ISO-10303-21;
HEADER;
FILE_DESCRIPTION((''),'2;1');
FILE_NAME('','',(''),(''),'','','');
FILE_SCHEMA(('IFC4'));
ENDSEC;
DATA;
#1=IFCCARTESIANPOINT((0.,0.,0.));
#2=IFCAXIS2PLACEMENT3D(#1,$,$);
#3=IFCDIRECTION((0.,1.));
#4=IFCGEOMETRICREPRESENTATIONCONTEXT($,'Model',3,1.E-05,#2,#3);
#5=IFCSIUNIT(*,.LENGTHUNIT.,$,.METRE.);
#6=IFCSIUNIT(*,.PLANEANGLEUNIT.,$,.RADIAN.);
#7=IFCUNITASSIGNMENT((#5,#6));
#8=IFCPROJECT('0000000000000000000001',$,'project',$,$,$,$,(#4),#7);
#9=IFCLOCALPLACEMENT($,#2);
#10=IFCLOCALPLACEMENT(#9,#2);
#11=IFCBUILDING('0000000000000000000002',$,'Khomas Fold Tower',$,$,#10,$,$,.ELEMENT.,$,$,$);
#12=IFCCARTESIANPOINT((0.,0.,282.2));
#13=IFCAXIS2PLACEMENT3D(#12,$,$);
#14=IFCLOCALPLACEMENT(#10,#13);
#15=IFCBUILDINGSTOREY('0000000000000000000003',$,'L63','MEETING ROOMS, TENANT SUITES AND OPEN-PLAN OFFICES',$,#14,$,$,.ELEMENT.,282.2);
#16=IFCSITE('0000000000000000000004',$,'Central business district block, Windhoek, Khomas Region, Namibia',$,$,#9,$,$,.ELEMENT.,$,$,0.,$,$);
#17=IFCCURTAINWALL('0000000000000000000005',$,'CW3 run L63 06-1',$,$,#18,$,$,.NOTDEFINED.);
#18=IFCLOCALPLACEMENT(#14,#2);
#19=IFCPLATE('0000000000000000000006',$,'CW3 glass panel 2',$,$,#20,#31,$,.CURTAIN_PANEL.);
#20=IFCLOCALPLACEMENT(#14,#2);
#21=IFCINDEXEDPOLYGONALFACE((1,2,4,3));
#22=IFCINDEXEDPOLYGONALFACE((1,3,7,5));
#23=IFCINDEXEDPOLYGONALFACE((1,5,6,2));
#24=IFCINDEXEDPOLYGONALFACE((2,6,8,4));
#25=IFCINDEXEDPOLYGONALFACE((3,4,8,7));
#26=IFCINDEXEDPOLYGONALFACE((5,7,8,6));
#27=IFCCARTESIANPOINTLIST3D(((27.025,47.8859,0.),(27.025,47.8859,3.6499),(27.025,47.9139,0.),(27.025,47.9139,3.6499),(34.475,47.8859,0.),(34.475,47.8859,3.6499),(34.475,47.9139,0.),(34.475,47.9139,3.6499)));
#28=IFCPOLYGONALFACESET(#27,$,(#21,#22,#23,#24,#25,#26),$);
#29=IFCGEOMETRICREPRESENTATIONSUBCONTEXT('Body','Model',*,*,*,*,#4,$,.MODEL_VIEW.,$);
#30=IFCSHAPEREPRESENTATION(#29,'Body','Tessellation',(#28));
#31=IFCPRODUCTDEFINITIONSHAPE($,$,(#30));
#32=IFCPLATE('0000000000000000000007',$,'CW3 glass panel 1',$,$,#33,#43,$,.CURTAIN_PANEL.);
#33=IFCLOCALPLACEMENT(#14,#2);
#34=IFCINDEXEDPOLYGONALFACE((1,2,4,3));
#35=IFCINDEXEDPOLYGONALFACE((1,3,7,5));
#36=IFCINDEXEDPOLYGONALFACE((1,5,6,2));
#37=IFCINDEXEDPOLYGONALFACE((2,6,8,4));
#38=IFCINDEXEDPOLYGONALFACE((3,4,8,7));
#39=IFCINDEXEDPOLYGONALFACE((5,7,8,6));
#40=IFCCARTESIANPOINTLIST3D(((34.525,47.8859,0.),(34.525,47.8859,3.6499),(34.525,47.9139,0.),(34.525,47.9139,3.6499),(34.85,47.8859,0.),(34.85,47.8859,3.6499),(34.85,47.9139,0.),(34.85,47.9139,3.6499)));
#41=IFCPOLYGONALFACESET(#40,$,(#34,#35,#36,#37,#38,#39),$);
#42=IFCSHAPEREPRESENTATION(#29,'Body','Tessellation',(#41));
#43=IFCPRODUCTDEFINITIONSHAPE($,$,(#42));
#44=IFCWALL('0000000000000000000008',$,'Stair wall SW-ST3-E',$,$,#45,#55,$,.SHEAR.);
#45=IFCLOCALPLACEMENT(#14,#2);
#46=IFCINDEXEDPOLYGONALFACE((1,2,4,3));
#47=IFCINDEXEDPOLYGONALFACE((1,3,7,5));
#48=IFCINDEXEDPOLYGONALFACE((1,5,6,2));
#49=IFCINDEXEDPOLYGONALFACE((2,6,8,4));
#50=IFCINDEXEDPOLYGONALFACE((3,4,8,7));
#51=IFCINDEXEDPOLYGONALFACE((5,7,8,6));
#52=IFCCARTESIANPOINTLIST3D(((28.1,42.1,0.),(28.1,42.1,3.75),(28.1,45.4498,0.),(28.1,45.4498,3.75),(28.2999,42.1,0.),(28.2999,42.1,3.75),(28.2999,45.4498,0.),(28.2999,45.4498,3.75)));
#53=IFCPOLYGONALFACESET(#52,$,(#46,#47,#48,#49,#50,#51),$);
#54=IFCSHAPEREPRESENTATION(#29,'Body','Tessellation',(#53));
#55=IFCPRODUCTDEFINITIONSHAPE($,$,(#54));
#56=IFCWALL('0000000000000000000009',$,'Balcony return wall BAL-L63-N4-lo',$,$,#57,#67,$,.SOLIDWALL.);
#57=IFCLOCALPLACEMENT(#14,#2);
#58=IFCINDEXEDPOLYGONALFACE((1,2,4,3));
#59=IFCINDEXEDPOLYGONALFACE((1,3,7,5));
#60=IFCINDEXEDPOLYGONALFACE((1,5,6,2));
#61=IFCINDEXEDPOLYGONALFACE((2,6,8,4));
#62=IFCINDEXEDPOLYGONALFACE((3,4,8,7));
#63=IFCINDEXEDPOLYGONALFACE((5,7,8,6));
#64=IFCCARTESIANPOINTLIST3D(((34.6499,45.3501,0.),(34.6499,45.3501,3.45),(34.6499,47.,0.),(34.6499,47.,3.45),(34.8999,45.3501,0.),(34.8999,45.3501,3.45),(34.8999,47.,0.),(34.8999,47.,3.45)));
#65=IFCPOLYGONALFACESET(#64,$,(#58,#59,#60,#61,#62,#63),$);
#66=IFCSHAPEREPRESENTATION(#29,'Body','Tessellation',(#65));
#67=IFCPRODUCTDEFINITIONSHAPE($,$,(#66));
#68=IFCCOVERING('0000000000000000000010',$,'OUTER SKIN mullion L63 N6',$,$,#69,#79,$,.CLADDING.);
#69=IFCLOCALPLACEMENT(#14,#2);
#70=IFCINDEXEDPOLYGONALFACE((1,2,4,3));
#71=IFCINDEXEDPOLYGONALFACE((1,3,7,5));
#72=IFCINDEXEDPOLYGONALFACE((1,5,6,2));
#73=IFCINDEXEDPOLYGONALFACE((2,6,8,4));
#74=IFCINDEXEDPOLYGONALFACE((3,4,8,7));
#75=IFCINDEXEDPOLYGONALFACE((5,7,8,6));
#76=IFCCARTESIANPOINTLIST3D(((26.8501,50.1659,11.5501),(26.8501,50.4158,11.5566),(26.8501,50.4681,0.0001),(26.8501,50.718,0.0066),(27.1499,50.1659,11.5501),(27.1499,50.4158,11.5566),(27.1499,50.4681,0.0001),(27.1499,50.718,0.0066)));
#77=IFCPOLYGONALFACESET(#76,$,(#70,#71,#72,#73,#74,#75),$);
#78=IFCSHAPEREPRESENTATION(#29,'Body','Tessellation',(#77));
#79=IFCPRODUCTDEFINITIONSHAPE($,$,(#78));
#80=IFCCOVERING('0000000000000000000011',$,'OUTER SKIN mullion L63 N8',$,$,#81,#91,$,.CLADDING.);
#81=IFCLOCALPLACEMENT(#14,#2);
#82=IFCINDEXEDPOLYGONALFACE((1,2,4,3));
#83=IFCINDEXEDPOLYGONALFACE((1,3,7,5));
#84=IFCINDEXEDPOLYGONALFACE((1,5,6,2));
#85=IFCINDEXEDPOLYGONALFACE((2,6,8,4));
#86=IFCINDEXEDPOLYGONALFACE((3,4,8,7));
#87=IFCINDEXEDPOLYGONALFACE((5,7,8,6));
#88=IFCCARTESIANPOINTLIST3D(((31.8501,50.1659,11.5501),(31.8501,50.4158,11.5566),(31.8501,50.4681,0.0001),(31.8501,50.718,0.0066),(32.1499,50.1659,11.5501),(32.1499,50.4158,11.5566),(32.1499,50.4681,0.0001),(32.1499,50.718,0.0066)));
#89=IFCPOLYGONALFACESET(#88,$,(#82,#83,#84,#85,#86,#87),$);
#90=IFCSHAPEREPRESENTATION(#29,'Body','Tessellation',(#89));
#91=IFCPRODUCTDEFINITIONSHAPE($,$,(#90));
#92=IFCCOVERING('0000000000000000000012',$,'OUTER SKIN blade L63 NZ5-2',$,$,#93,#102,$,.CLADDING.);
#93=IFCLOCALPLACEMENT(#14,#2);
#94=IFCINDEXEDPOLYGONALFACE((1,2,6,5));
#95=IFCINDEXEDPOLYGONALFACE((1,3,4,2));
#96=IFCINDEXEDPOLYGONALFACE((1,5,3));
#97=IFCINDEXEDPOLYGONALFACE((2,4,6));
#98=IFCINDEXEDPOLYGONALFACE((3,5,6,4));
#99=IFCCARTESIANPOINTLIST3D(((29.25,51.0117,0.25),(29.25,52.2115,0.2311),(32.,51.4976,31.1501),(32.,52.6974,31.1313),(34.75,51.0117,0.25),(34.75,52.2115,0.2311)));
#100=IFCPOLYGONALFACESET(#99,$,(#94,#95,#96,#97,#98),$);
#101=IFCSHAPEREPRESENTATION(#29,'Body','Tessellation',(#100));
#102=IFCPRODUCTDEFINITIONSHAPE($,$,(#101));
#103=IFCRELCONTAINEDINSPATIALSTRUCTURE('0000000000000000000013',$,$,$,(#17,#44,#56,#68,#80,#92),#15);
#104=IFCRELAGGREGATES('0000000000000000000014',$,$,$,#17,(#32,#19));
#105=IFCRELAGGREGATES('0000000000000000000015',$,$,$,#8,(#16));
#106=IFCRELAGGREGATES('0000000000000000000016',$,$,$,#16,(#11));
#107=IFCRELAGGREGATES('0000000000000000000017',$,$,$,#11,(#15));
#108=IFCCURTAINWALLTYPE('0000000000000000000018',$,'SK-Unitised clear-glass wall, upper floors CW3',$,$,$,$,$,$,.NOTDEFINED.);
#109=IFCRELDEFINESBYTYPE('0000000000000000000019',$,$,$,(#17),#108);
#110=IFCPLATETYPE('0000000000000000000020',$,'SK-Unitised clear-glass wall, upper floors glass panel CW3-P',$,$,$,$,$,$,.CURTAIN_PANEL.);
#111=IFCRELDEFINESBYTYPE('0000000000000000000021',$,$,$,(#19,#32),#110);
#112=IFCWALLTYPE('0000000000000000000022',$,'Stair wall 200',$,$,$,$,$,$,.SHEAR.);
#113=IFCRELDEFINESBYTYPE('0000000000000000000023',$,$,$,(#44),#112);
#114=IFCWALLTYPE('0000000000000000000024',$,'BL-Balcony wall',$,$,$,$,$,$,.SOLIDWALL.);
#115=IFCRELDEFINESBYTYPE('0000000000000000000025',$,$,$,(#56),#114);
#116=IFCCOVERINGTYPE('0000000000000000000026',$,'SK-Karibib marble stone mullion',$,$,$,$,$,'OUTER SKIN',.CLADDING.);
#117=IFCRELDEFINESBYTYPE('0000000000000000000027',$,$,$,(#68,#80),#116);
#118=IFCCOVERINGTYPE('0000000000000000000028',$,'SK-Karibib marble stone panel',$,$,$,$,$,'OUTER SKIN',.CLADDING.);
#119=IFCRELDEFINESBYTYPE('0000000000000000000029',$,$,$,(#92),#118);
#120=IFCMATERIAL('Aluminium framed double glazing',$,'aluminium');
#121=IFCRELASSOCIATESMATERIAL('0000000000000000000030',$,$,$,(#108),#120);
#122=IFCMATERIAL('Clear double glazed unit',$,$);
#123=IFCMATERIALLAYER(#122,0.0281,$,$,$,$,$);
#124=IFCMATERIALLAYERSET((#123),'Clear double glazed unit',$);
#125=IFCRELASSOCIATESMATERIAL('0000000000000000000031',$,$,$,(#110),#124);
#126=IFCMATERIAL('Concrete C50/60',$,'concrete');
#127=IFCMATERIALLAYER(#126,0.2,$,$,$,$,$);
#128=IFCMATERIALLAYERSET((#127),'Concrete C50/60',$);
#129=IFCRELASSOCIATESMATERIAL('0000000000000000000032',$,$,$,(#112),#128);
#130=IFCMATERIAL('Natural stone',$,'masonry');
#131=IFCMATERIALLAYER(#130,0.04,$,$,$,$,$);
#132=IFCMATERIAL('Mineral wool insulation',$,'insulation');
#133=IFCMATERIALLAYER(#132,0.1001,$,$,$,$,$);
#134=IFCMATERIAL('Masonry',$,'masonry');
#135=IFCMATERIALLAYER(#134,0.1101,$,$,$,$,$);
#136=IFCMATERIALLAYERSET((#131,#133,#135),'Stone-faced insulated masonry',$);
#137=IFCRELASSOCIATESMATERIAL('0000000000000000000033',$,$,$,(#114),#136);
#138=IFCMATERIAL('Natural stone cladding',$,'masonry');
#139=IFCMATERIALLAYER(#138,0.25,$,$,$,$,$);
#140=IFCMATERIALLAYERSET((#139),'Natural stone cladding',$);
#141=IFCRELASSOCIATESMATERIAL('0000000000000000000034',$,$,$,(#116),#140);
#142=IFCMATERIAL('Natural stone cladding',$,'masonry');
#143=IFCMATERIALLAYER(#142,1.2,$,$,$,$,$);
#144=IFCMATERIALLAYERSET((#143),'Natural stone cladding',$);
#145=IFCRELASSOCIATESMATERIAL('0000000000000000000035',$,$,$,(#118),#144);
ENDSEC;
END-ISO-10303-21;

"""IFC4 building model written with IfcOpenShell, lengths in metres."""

from ifc_helpers import new_model, si_unit, direction, frame, frame_2d, origin, origin_2d, place, context, subcontext, project, spatial, polyline, rectangle, outline, extrude, source, transform, mapped, material, layer, layer_set, type_object, element, aggregate, save


model = new_model("IFC4")

# Units and contexts
model_context = context("Model", 3, precision=1e-05, world=origin(), true_north=direction((0.0, 1.0)))
body_context = subcontext(model_context, "Body", "Model", "MODEL_VIEW")
ifc_project = project(units=[si_unit("LENGTHUNIT", "METRE"), si_unit("PLANEANGLEUNIT", "RADIAN")], contexts=[model_context])

# Site, building, storey
site_placement = place(None, origin())
site = spatial("IfcSite", under=ifc_project, at=site_placement, Name="Central business district block, Windhoek, Khomas Region, Namibia", CompositionType="ELEMENT", RefElevation=0.0)
building_placement = place(site_placement, origin())
building = spatial("IfcBuilding", under=site, at=building_placement, Name="Khomas Fold Tower", CompositionType="ELEMENT")
storey_placement = place(building_placement, frame((0.0, 0.0, 282.2)))
storey = spatial("IfcBuildingStorey", under=building, at=storey_placement, Name="L63", Description="MEETING ROOMS, TENANT SUITES AND OPEN-PLAN OFFICES", CompositionType="ELEMENT", Elevation=282.2)

# Curtain wall
ifc_material_1 = material(Name="Aluminium framed double glazing", Category="aluminium")
curtain_wall_type = type_object("IfcCurtainWallType", Name="SK-Unitised clear-glass wall, upper floors CW3", PredefinedType="NOTDEFINED", material=ifc_material_1)
curtain_wall_placement = place(storey_placement, origin())
curtain_wall = element("IfcCurtainWall", 1, at=curtain_wall_placement, inside=storey, type_object=curtain_wall_type, Name="CW3 run L63 06-1", PredefinedType="NOTDEFINED")

# Plates
ifc_material_2 = material(Name="Clear double glazed unit")
ifc_layer_1 = layer(ifc_material_2, 0.0281)
ifc_layer_set_1 = layer_set([ifc_layer_1], Name="Clear double glazed unit")
plate_type_1 = type_object("IfcPlateType", Name="SK-Unitised clear-glass wall, upper floors glass panel CW3-P", PredefinedType="CURTAIN_PANEL", material=ifc_layer_set_1)
shared_shape_1 = source(origin(), body_context, "Body", "SweptSolid", [
    extrude(rectangle(XDim=7.45, YDim=0.0281, at=origin_2d()), origin(), (0.0, 0.0, 1.0), 3.6499),
])
plate_1_placement = place(storey_placement, frame((30.75, 47.8999, 0.0), z_axis=(0.0, 0.0, 1.0), x_axis=(-1.0, 0.0, 0.0)))
plate_1 = element("IfcPlate", 2, at=plate_1_placement, type_object=plate_type_1, Name="CW3 glass panel 2", PredefinedType="CURTAIN_PANEL", context=body_context, shape_type="MappedRepresentation", body=[
    mapped(shared_shape_1, transform((0.0, 0.0, 0.0))),
])
shared_shape_2 = source(origin(), body_context, "Body", "SweptSolid", [
    extrude(rectangle(XDim=0.325, YDim=0.0281, at=origin_2d()), origin(), (0.0, 0.0, 1.0), 3.6499),
])
plate_2_placement = place(storey_placement, frame((34.6875, 47.8999, 0.0), z_axis=(0.0, 0.0, 1.0), x_axis=(-1.0, 0.0, 0.0)))
plate_2 = element("IfcPlate", 3, at=plate_2_placement, type_object=plate_type_1, Name="CW3 glass panel 1", PredefinedType="CURTAIN_PANEL", context=body_context, shape_type="MappedRepresentation", body=[
    mapped(shared_shape_2, transform((0.0, 0.0, 0.0))),
])
aggregate(curtain_wall, [plate_2, plate_1])

# Wall
ifc_material_3 = material(Name="Concrete C50/60", Category="concrete")
ifc_layer_2 = layer(ifc_material_3, 0.2)
ifc_layer_set_2 = layer_set([ifc_layer_2], Name="Concrete C50/60")
wall_type_1 = type_object("IfcWallType", Name="Stair wall 200", PredefinedType="SHEAR", material=ifc_layer_set_2)
shared_shape_3 = source(origin(), body_context, "Body", "SweptSolid", [
    extrude(rectangle(XDim=3.3499, YDim=0.2, at=frame_2d((1.6748, 0.0))), origin(), (0.0, 0.0, 1.0), 3.75),
])
wall_1_placement = place(storey_placement, frame((28.2, 42.1001, 0.0), z_axis=(0.0, 0.0, 1.0), x_axis=(0.0, 1.0, 0.0)))
element("IfcWall", 4, at=wall_1_placement, inside=storey, type_object=wall_type_1, Name="Stair wall SW-ST3-E", PredefinedType="SHEAR", context=body_context, shape_type="MappedRepresentation", body=[
    mapped(shared_shape_3, transform((0.0, 0.0, 0.0))),
])

# Shared definitions
ifc_material_4 = material(Name="Natural stone", Category="masonry")
ifc_layer_3 = layer(ifc_material_4, 0.04)
ifc_material_5 = material(Name="Mineral wool insulation", Category="insulation")
ifc_layer_4 = layer(ifc_material_5, 0.1001)
ifc_material_6 = material(Name="Masonry", Category="masonry")
ifc_layer_5 = layer(ifc_material_6, 0.1101)
ifc_layer_set_3 = layer_set([ifc_layer_3, ifc_layer_4, ifc_layer_5], Name="Stone-faced insulated masonry")
wall_type_2 = type_object("IfcWallType", Name="BL-Balcony wall", PredefinedType="SOLIDWALL", material=ifc_layer_set_3)

# Wall
shared_shape_4 = source(origin(), body_context, "Body", "SweptSolid", [
    extrude(rectangle(XDim=1.6499, YDim=0.25, at=frame_2d((0.825, 0.0))), origin(), (0.0, 0.0, 1.0), 3.45),
])
wall_2_placement = place(storey_placement, frame((34.7749, 47.0, 0.0), z_axis=(0.0, 0.0, 1.0), x_axis=(0.0, -1.0, 0.0)))
element("IfcWall", 5, at=wall_2_placement, inside=storey, type_object=wall_type_2, Name="Balcony return wall BAL-L63-N4-lo", PredefinedType="SOLIDWALL", context=body_context, shape_type="MappedRepresentation", body=[
    mapped(shared_shape_4, transform((0.0, 0.0, 0.0))),
])

# Coverings
ifc_material_7 = material(Name="Natural stone cladding", Category="masonry")
ifc_layer_6 = layer(ifc_material_7, 0.25)
ifc_layer_set_4 = layer_set([ifc_layer_6], Name="Natural stone cladding")
covering_type_1 = type_object("IfcCoveringType", Name="SK-Karibib marble stone mullion", ElementType="OUTER SKIN", PredefinedType="CLADDING", material=ifc_layer_set_4)
for number, where, z_axis, x_axis, name in (
    (6, (26.8501, 50.718, 0.0066), (0.0, 0.999658, 0.026159), (1.0, 0.0, 0.0), "OUTER SKIN mullion L63 N6"),
    (7, (31.8501, 50.718, 0.0066), (0.0, 0.999658, 0.026159), (1.0, 0.0, 0.0), "OUTER SKIN mullion L63 N8"),
):
    element("IfcCovering", number, at=place(storey_placement, frame(where, z_axis=z_axis, x_axis=x_axis)), inside=storey, type_object=covering_type_1, Name=name, PredefinedType="CLADDING", context=body_context, shape_type="SweptSolid", body=[
        extrude(outline(polyline([(0.0, 0.0), (0.2998, 0.0), (0.2998, -11.554), (0.0, -11.554), (0.0, 0.0)])), origin(), (0.0, 0.0, -1.0), 0.25),
    ])
ifc_material_8 = material(Name="Natural stone cladding", Category="masonry")
ifc_layer_7 = layer(ifc_material_8, 1.2)
ifc_layer_set_5 = layer_set([ifc_layer_7], Name="Natural stone cladding")
covering_type_2 = type_object("IfcCoveringType", Name="SK-Karibib marble stone panel", ElementType="OUTER SKIN", PredefinedType="CLADDING", material=ifc_layer_set_5)
covering_placement = place(storey_placement, frame((29.25, 51.0117, 0.25), z_axis=(0.0, -0.999876, 0.015721), x_axis=(1.0, 0.0, 0.0)))
element("IfcCovering", 8, at=covering_placement, inside=storey, type_object=covering_type_2, Name="OUTER SKIN blade L63 NZ5-2", PredefinedType="CLADDING", context=body_context, shape_type="SweptSolid", body=[
    extrude(outline(polyline([(0.0, 0.0), (5.5, 0.0), (2.75, 30.904), (0.0, 0.0)])), origin(), (0.0, 0.0, -1.0), 1.2),
])

save(model, "model.ifc")
